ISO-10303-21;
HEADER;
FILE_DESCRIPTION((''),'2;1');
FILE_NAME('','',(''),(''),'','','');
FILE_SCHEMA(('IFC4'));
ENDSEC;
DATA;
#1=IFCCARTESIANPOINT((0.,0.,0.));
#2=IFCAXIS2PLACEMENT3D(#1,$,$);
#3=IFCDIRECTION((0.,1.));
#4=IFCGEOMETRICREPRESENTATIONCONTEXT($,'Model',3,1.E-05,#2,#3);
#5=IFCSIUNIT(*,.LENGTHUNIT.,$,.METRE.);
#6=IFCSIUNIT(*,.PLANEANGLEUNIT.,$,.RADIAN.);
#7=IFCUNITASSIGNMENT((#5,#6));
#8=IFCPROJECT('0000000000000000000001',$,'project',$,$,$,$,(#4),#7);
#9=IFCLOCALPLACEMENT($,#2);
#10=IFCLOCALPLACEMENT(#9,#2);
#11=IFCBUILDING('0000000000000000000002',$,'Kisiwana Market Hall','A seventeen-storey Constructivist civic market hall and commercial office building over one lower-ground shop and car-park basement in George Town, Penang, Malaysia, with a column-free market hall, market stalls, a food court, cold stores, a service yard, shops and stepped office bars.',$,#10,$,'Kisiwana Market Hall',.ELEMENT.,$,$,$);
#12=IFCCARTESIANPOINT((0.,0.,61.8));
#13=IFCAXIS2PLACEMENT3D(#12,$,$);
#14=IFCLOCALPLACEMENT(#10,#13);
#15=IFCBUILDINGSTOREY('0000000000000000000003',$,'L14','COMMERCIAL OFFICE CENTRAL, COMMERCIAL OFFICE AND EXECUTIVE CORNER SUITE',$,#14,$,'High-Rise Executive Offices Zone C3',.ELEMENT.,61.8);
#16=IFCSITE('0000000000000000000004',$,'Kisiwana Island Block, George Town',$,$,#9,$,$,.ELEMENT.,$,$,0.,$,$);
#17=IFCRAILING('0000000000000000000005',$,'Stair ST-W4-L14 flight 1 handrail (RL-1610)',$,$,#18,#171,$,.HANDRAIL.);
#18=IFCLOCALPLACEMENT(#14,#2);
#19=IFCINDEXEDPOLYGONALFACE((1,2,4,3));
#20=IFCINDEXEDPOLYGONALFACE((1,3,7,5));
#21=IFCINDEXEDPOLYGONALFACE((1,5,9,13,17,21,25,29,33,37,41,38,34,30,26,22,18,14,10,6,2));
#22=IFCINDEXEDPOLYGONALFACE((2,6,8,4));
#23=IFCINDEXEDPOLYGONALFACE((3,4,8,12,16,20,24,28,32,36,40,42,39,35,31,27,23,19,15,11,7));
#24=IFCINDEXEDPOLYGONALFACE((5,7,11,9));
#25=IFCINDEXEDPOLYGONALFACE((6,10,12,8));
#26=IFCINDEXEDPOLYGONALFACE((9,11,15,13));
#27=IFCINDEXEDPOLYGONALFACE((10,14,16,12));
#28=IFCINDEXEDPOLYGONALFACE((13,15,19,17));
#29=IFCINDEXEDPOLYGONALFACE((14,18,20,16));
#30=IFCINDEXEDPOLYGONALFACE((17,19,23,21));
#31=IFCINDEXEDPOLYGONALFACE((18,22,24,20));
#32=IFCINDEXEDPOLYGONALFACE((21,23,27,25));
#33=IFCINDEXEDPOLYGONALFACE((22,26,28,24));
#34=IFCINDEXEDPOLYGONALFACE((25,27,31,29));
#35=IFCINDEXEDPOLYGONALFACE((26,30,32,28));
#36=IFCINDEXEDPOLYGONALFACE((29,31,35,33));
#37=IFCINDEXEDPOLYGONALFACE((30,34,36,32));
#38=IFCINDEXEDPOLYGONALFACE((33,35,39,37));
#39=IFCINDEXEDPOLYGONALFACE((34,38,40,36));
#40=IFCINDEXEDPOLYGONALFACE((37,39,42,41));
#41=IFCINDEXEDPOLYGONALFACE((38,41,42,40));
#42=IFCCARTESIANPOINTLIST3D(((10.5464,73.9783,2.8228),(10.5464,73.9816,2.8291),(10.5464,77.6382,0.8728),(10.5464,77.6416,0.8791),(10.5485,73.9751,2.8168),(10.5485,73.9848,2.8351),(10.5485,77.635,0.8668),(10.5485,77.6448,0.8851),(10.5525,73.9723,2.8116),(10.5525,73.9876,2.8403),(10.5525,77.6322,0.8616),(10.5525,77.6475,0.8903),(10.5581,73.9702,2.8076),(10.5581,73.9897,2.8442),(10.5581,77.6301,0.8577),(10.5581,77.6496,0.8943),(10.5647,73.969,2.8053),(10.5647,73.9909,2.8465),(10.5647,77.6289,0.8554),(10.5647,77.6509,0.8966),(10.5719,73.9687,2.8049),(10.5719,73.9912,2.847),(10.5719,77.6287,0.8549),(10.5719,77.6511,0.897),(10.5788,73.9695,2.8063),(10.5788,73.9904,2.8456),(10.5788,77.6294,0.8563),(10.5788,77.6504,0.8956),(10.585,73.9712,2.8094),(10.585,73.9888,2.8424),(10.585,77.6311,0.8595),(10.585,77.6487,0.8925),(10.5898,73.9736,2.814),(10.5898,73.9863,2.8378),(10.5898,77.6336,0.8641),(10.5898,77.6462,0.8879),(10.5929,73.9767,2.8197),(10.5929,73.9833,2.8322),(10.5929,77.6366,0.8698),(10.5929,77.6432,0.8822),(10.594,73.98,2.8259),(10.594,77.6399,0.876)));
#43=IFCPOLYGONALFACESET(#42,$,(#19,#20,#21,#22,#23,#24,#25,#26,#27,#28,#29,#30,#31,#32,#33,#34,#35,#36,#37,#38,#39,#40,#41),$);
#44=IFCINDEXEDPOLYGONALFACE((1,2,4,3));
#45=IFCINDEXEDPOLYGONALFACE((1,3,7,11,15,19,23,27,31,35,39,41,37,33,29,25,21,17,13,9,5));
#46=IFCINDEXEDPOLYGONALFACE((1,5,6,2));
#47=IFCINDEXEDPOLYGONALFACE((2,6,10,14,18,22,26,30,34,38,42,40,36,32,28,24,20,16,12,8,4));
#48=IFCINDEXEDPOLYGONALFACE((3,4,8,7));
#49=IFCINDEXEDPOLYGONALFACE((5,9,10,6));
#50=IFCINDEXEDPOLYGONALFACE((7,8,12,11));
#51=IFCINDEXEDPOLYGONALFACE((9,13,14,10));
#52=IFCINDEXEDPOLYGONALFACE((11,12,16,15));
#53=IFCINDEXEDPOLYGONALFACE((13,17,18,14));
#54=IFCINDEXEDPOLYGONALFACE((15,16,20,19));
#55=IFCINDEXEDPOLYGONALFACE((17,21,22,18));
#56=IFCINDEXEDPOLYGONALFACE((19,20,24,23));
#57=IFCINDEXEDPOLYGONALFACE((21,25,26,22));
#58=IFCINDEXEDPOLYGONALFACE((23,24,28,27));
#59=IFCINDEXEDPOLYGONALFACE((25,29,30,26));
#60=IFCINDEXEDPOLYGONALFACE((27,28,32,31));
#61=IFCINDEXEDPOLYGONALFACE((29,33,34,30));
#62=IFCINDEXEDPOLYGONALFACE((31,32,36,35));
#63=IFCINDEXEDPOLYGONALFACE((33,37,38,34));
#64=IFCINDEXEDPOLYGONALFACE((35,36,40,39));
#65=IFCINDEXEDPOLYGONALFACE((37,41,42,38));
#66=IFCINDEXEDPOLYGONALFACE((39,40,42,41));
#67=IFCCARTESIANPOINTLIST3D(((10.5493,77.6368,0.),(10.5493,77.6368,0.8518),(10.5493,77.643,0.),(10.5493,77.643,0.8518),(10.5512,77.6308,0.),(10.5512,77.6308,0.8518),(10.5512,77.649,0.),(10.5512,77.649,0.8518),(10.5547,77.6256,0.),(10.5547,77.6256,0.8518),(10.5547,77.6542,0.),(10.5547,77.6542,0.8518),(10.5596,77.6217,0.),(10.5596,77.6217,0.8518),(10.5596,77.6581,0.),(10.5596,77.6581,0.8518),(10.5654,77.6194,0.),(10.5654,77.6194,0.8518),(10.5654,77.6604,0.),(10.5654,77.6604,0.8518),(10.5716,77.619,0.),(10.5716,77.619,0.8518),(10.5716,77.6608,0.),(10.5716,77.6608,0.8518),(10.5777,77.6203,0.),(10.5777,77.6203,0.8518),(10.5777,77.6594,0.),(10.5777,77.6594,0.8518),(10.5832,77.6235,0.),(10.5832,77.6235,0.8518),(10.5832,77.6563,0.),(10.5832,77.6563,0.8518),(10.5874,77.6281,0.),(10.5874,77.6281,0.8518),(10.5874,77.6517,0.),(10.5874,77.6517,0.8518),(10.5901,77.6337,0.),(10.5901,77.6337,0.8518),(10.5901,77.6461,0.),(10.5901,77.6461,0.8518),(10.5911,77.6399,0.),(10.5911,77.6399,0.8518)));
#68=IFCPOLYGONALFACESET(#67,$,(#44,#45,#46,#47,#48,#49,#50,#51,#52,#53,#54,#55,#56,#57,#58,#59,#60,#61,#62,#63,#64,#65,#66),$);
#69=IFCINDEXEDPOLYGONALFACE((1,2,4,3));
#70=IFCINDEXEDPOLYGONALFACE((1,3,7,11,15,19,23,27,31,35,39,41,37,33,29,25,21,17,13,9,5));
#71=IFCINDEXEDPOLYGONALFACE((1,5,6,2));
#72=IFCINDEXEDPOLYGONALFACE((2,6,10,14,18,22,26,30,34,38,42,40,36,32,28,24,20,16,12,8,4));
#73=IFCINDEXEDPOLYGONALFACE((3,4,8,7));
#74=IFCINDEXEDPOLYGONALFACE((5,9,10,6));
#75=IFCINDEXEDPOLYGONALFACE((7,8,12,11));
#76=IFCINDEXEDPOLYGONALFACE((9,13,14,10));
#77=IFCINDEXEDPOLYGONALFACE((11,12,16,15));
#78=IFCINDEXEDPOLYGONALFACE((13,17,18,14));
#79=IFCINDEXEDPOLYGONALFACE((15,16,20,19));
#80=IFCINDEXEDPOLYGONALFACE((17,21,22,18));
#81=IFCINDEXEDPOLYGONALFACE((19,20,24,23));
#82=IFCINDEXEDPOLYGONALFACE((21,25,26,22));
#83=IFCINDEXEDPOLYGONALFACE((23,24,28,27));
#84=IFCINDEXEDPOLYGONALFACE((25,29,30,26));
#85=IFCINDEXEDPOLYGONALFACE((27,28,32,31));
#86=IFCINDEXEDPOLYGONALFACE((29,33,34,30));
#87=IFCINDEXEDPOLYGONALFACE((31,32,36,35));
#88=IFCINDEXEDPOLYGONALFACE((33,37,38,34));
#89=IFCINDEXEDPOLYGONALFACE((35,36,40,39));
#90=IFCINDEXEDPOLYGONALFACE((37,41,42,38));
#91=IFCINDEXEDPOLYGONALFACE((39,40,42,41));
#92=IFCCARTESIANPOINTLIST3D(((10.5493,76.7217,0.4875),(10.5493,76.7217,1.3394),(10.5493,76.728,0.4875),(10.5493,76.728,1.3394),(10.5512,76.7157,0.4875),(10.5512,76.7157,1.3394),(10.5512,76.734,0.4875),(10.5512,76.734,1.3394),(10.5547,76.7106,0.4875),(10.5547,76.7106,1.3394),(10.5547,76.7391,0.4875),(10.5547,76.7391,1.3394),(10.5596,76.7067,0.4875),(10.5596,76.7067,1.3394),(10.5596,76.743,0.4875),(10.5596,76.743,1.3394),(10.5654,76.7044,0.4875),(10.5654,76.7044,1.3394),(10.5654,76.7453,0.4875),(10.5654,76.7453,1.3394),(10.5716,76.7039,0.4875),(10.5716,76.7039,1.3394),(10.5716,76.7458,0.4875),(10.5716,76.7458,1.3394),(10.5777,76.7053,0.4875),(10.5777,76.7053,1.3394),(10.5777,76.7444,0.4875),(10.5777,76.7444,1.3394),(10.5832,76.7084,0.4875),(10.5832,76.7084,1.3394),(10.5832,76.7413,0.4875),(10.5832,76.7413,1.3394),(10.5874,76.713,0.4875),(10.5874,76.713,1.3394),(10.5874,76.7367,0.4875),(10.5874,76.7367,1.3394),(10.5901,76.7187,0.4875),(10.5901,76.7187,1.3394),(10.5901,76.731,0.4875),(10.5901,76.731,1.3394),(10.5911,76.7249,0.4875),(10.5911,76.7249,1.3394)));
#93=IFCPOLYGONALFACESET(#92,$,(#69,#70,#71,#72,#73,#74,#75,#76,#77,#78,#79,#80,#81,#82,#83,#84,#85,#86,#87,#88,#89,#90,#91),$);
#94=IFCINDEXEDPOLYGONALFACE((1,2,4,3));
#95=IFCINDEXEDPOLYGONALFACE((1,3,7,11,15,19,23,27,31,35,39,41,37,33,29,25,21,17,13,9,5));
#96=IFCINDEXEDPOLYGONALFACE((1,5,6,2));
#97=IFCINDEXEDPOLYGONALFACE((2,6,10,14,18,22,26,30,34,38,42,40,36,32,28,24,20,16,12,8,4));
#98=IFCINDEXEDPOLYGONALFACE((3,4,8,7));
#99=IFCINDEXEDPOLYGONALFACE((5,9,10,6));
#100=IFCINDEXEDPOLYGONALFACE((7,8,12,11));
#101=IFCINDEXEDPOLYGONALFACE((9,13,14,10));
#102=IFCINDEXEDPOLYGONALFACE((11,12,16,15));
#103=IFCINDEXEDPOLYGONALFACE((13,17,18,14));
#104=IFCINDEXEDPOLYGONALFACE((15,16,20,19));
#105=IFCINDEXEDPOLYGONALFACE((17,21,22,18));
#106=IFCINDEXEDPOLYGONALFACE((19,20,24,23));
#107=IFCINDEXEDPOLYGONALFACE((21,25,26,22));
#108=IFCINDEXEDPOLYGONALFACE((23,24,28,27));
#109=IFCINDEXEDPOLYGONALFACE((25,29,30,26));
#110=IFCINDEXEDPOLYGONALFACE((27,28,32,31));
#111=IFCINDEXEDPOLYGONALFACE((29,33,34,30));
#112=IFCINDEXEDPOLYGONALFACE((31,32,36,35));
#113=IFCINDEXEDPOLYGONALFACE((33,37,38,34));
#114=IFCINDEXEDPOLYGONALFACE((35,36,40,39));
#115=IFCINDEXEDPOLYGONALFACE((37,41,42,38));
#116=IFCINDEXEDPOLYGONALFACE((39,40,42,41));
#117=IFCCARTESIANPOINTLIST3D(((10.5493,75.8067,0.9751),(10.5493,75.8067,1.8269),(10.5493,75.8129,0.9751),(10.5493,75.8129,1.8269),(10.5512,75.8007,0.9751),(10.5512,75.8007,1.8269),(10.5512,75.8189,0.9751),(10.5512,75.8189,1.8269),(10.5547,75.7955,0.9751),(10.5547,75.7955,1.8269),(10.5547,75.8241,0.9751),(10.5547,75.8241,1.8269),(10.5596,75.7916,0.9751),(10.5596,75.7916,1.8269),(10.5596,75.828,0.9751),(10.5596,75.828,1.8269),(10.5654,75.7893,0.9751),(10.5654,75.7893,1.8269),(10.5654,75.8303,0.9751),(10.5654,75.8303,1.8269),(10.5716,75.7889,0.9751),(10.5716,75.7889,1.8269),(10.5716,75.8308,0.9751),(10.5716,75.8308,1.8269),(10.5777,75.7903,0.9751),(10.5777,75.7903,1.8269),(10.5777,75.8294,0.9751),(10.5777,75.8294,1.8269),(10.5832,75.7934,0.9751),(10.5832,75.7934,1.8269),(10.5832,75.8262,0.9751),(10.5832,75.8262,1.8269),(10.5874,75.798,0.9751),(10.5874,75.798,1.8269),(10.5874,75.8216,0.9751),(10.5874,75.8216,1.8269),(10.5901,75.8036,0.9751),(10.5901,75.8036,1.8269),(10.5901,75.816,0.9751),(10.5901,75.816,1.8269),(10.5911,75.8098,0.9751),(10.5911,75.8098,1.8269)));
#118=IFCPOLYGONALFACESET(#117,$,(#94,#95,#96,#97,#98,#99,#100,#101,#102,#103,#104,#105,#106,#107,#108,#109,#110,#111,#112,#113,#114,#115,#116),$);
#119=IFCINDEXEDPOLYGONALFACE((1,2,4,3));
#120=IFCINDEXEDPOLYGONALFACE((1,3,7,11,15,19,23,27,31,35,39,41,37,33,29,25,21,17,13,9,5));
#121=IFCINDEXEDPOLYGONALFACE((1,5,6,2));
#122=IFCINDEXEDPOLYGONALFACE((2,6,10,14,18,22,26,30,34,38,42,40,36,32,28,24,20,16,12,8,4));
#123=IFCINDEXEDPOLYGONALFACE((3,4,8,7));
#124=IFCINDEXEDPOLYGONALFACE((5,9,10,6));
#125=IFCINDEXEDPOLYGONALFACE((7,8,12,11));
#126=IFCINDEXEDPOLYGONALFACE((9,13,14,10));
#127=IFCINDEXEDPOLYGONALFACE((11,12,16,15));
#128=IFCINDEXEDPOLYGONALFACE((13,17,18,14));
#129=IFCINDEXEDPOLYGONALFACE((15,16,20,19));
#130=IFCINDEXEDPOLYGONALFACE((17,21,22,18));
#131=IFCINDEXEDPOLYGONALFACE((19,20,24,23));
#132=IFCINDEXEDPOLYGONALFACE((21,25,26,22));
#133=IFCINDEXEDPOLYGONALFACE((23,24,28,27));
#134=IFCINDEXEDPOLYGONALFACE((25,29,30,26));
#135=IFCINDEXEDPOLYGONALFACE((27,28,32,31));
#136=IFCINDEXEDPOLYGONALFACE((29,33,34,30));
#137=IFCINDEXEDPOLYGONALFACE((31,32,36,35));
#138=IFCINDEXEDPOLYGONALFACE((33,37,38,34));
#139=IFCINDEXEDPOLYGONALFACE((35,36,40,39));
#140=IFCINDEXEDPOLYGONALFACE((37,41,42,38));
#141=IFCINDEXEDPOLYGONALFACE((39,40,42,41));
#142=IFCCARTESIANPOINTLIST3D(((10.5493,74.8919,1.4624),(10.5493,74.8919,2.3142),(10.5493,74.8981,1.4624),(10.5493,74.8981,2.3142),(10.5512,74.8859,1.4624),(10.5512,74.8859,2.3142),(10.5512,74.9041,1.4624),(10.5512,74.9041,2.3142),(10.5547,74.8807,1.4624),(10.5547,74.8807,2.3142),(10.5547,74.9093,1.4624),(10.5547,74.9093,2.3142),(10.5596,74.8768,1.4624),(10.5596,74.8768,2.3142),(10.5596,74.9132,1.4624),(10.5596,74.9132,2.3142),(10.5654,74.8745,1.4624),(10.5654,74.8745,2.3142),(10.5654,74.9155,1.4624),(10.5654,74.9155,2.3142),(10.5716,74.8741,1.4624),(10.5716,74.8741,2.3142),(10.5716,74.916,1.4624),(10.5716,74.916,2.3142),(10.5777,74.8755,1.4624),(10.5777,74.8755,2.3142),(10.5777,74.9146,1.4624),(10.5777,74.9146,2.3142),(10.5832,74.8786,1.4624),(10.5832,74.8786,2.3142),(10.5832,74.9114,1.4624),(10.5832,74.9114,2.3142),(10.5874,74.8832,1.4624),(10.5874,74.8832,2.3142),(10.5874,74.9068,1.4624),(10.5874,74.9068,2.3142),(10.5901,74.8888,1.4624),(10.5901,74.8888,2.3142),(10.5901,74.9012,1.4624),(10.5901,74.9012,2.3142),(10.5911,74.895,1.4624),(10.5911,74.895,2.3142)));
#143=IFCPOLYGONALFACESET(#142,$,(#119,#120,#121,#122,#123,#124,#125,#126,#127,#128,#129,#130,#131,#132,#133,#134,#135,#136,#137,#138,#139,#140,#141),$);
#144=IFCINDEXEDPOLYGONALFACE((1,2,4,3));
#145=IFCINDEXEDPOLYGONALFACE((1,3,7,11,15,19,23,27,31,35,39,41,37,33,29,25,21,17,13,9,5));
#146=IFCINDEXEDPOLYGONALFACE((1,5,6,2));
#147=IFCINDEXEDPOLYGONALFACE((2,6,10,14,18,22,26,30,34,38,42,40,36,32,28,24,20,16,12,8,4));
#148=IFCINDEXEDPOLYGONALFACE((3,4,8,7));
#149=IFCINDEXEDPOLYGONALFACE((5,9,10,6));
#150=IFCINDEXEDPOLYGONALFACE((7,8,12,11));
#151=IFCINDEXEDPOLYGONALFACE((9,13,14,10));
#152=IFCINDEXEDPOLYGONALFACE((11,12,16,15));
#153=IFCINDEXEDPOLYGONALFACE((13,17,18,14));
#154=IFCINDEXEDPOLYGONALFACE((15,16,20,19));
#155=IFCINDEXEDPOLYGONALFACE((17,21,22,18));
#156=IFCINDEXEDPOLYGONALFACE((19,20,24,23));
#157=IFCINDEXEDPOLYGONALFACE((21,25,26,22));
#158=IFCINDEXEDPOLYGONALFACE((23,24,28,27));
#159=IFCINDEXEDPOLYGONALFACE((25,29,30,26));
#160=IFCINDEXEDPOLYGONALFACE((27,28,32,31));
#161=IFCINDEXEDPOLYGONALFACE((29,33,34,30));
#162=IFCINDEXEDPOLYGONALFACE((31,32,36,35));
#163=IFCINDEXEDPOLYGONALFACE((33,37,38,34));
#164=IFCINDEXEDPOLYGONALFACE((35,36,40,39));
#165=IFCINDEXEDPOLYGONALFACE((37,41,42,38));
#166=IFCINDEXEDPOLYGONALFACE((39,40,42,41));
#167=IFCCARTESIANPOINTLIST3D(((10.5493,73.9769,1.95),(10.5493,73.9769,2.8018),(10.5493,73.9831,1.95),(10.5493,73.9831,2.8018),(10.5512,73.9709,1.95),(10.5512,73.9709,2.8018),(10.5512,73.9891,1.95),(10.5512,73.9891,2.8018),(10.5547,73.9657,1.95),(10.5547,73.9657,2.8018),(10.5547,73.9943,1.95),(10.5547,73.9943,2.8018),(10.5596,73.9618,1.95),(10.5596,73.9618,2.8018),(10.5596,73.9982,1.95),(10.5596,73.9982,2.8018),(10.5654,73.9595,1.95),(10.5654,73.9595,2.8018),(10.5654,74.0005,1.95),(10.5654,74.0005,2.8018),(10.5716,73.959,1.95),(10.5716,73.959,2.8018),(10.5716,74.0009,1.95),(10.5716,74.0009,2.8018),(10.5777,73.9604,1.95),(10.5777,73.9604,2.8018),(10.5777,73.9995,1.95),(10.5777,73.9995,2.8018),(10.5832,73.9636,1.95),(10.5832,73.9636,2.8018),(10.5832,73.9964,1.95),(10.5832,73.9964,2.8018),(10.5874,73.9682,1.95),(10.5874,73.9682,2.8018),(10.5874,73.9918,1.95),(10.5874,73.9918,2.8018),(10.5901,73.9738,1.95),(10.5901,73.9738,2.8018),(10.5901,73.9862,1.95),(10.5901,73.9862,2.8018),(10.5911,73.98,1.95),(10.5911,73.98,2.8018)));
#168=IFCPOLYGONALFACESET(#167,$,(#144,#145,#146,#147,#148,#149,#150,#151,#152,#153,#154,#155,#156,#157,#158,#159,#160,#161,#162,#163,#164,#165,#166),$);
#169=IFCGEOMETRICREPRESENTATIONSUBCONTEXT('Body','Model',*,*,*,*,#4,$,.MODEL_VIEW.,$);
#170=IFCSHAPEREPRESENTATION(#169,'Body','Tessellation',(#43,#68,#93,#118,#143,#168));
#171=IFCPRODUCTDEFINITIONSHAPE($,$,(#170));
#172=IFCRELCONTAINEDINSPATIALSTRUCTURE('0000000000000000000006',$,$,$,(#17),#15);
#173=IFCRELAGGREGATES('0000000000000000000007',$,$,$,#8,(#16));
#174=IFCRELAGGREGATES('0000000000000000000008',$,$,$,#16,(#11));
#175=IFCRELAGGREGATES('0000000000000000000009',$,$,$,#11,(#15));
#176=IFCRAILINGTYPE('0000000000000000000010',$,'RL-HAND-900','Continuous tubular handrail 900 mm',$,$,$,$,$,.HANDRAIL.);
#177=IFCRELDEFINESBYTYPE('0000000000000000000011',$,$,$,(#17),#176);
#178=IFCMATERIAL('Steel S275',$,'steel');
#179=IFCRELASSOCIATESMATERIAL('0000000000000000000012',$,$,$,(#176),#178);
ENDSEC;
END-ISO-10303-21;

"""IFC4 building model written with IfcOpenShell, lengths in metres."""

from ifc_helpers import new_model, si_unit, direction, frame, origin, origin_2d, place, context, subcontext, project, spatial, circle, extrude, material, type_object, element, save


model = new_model("IFC4")

# Units and contexts
model_context = context("Model", 3, precision=1e-05, world=origin(), true_north=direction((0.0, 1.0)))
body_context = subcontext(model_context, "Body", "Model", "MODEL_VIEW")
ifc_project = project(units=[si_unit("LENGTHUNIT", "METRE"), si_unit("PLANEANGLEUNIT", "RADIAN")], contexts=[model_context])

# Site, building, storey
site_placement = place(None, origin())
site = spatial("IfcSite", under=ifc_project, at=site_placement, Name="Kisiwana Island Block, George Town", CompositionType="ELEMENT", RefElevation=0.0)
building_placement = place(site_placement, origin())
building = spatial("IfcBuilding", under=site, at=building_placement, Name="Kisiwana Market Hall", Description="A seventeen-storey Constructivist civic market hall and commercial office building over one lower-ground shop and car-park basement in George Town, Penang, Malaysia, with a column-free market hall, market stalls, a food court, cold stores, a service yard, shops and stepped office bars.", LongName="Kisiwana Market Hall", CompositionType="ELEMENT")
storey_placement = place(building_placement, frame((0.0, 0.0, 61.8)))
storey = spatial("IfcBuildingStorey", under=building, at=storey_placement, Name="L14", Description="COMMERCIAL OFFICE CENTRAL, COMMERCIAL OFFICE AND EXECUTIVE CORNER SUITE", LongName="High-Rise Executive Offices Zone C3", CompositionType="ELEMENT", Elevation=61.8)

# Railing
ifc_material_1 = material(Name="Steel S275", Category="steel")
railing_type_1 = type_object("IfcRailingType", Name="RL-HAND-900", Description="Continuous tubular handrail 900 mm", PredefinedType="HANDRAIL", material=ifc_material_1)
for number, where, name in (
    (1, (10.5701, 77.6399, 0.0), "Stair ST-W4-L14 flight 1 handrail (RL-1610)"),
):
    element("IfcRailing", number, at=place(storey_placement, frame(where)), inside=storey, type_object=railing_type_1, Name=name, PredefinedType="HANDRAIL", context=body_context, shape_type="SweptSolid", body=[
        extrude(circle(Radius=0.0239, at=origin_2d()), frame((0.0, 0.0, 0.876), z_axis=(0.0, -0.882553, 0.470212), x_axis=(1.0, 0.0, 0.0)), (0.0, 0.0, 1.0), 4.147),
        extrude(circle(Radius=0.021, at=origin_2d()), origin(), (0.0, 0.0, 1.0), 0.8518),
        extrude(circle(Radius=0.021, at=origin_2d()), frame((0.0, -0.915, 0.4875)), (0.0, 0.0, 1.0), 0.8518),
        extrude(circle(Radius=0.021, at=origin_2d()), frame((0.0, -1.8301, 0.9751)), (0.0, 0.0, 1.0), 0.8518),
        extrude(circle(Radius=0.021, at=origin_2d()), frame((0.0, -2.7449, 1.4624)), (0.0, 0.0, 1.0), 0.8518),
        extrude(circle(Radius=0.021, at=origin_2d()), frame((0.0, -3.6599, 1.95)), (0.0, 0.0, 1.0), 0.8518),
    ])

save(model, "model.ifc")
